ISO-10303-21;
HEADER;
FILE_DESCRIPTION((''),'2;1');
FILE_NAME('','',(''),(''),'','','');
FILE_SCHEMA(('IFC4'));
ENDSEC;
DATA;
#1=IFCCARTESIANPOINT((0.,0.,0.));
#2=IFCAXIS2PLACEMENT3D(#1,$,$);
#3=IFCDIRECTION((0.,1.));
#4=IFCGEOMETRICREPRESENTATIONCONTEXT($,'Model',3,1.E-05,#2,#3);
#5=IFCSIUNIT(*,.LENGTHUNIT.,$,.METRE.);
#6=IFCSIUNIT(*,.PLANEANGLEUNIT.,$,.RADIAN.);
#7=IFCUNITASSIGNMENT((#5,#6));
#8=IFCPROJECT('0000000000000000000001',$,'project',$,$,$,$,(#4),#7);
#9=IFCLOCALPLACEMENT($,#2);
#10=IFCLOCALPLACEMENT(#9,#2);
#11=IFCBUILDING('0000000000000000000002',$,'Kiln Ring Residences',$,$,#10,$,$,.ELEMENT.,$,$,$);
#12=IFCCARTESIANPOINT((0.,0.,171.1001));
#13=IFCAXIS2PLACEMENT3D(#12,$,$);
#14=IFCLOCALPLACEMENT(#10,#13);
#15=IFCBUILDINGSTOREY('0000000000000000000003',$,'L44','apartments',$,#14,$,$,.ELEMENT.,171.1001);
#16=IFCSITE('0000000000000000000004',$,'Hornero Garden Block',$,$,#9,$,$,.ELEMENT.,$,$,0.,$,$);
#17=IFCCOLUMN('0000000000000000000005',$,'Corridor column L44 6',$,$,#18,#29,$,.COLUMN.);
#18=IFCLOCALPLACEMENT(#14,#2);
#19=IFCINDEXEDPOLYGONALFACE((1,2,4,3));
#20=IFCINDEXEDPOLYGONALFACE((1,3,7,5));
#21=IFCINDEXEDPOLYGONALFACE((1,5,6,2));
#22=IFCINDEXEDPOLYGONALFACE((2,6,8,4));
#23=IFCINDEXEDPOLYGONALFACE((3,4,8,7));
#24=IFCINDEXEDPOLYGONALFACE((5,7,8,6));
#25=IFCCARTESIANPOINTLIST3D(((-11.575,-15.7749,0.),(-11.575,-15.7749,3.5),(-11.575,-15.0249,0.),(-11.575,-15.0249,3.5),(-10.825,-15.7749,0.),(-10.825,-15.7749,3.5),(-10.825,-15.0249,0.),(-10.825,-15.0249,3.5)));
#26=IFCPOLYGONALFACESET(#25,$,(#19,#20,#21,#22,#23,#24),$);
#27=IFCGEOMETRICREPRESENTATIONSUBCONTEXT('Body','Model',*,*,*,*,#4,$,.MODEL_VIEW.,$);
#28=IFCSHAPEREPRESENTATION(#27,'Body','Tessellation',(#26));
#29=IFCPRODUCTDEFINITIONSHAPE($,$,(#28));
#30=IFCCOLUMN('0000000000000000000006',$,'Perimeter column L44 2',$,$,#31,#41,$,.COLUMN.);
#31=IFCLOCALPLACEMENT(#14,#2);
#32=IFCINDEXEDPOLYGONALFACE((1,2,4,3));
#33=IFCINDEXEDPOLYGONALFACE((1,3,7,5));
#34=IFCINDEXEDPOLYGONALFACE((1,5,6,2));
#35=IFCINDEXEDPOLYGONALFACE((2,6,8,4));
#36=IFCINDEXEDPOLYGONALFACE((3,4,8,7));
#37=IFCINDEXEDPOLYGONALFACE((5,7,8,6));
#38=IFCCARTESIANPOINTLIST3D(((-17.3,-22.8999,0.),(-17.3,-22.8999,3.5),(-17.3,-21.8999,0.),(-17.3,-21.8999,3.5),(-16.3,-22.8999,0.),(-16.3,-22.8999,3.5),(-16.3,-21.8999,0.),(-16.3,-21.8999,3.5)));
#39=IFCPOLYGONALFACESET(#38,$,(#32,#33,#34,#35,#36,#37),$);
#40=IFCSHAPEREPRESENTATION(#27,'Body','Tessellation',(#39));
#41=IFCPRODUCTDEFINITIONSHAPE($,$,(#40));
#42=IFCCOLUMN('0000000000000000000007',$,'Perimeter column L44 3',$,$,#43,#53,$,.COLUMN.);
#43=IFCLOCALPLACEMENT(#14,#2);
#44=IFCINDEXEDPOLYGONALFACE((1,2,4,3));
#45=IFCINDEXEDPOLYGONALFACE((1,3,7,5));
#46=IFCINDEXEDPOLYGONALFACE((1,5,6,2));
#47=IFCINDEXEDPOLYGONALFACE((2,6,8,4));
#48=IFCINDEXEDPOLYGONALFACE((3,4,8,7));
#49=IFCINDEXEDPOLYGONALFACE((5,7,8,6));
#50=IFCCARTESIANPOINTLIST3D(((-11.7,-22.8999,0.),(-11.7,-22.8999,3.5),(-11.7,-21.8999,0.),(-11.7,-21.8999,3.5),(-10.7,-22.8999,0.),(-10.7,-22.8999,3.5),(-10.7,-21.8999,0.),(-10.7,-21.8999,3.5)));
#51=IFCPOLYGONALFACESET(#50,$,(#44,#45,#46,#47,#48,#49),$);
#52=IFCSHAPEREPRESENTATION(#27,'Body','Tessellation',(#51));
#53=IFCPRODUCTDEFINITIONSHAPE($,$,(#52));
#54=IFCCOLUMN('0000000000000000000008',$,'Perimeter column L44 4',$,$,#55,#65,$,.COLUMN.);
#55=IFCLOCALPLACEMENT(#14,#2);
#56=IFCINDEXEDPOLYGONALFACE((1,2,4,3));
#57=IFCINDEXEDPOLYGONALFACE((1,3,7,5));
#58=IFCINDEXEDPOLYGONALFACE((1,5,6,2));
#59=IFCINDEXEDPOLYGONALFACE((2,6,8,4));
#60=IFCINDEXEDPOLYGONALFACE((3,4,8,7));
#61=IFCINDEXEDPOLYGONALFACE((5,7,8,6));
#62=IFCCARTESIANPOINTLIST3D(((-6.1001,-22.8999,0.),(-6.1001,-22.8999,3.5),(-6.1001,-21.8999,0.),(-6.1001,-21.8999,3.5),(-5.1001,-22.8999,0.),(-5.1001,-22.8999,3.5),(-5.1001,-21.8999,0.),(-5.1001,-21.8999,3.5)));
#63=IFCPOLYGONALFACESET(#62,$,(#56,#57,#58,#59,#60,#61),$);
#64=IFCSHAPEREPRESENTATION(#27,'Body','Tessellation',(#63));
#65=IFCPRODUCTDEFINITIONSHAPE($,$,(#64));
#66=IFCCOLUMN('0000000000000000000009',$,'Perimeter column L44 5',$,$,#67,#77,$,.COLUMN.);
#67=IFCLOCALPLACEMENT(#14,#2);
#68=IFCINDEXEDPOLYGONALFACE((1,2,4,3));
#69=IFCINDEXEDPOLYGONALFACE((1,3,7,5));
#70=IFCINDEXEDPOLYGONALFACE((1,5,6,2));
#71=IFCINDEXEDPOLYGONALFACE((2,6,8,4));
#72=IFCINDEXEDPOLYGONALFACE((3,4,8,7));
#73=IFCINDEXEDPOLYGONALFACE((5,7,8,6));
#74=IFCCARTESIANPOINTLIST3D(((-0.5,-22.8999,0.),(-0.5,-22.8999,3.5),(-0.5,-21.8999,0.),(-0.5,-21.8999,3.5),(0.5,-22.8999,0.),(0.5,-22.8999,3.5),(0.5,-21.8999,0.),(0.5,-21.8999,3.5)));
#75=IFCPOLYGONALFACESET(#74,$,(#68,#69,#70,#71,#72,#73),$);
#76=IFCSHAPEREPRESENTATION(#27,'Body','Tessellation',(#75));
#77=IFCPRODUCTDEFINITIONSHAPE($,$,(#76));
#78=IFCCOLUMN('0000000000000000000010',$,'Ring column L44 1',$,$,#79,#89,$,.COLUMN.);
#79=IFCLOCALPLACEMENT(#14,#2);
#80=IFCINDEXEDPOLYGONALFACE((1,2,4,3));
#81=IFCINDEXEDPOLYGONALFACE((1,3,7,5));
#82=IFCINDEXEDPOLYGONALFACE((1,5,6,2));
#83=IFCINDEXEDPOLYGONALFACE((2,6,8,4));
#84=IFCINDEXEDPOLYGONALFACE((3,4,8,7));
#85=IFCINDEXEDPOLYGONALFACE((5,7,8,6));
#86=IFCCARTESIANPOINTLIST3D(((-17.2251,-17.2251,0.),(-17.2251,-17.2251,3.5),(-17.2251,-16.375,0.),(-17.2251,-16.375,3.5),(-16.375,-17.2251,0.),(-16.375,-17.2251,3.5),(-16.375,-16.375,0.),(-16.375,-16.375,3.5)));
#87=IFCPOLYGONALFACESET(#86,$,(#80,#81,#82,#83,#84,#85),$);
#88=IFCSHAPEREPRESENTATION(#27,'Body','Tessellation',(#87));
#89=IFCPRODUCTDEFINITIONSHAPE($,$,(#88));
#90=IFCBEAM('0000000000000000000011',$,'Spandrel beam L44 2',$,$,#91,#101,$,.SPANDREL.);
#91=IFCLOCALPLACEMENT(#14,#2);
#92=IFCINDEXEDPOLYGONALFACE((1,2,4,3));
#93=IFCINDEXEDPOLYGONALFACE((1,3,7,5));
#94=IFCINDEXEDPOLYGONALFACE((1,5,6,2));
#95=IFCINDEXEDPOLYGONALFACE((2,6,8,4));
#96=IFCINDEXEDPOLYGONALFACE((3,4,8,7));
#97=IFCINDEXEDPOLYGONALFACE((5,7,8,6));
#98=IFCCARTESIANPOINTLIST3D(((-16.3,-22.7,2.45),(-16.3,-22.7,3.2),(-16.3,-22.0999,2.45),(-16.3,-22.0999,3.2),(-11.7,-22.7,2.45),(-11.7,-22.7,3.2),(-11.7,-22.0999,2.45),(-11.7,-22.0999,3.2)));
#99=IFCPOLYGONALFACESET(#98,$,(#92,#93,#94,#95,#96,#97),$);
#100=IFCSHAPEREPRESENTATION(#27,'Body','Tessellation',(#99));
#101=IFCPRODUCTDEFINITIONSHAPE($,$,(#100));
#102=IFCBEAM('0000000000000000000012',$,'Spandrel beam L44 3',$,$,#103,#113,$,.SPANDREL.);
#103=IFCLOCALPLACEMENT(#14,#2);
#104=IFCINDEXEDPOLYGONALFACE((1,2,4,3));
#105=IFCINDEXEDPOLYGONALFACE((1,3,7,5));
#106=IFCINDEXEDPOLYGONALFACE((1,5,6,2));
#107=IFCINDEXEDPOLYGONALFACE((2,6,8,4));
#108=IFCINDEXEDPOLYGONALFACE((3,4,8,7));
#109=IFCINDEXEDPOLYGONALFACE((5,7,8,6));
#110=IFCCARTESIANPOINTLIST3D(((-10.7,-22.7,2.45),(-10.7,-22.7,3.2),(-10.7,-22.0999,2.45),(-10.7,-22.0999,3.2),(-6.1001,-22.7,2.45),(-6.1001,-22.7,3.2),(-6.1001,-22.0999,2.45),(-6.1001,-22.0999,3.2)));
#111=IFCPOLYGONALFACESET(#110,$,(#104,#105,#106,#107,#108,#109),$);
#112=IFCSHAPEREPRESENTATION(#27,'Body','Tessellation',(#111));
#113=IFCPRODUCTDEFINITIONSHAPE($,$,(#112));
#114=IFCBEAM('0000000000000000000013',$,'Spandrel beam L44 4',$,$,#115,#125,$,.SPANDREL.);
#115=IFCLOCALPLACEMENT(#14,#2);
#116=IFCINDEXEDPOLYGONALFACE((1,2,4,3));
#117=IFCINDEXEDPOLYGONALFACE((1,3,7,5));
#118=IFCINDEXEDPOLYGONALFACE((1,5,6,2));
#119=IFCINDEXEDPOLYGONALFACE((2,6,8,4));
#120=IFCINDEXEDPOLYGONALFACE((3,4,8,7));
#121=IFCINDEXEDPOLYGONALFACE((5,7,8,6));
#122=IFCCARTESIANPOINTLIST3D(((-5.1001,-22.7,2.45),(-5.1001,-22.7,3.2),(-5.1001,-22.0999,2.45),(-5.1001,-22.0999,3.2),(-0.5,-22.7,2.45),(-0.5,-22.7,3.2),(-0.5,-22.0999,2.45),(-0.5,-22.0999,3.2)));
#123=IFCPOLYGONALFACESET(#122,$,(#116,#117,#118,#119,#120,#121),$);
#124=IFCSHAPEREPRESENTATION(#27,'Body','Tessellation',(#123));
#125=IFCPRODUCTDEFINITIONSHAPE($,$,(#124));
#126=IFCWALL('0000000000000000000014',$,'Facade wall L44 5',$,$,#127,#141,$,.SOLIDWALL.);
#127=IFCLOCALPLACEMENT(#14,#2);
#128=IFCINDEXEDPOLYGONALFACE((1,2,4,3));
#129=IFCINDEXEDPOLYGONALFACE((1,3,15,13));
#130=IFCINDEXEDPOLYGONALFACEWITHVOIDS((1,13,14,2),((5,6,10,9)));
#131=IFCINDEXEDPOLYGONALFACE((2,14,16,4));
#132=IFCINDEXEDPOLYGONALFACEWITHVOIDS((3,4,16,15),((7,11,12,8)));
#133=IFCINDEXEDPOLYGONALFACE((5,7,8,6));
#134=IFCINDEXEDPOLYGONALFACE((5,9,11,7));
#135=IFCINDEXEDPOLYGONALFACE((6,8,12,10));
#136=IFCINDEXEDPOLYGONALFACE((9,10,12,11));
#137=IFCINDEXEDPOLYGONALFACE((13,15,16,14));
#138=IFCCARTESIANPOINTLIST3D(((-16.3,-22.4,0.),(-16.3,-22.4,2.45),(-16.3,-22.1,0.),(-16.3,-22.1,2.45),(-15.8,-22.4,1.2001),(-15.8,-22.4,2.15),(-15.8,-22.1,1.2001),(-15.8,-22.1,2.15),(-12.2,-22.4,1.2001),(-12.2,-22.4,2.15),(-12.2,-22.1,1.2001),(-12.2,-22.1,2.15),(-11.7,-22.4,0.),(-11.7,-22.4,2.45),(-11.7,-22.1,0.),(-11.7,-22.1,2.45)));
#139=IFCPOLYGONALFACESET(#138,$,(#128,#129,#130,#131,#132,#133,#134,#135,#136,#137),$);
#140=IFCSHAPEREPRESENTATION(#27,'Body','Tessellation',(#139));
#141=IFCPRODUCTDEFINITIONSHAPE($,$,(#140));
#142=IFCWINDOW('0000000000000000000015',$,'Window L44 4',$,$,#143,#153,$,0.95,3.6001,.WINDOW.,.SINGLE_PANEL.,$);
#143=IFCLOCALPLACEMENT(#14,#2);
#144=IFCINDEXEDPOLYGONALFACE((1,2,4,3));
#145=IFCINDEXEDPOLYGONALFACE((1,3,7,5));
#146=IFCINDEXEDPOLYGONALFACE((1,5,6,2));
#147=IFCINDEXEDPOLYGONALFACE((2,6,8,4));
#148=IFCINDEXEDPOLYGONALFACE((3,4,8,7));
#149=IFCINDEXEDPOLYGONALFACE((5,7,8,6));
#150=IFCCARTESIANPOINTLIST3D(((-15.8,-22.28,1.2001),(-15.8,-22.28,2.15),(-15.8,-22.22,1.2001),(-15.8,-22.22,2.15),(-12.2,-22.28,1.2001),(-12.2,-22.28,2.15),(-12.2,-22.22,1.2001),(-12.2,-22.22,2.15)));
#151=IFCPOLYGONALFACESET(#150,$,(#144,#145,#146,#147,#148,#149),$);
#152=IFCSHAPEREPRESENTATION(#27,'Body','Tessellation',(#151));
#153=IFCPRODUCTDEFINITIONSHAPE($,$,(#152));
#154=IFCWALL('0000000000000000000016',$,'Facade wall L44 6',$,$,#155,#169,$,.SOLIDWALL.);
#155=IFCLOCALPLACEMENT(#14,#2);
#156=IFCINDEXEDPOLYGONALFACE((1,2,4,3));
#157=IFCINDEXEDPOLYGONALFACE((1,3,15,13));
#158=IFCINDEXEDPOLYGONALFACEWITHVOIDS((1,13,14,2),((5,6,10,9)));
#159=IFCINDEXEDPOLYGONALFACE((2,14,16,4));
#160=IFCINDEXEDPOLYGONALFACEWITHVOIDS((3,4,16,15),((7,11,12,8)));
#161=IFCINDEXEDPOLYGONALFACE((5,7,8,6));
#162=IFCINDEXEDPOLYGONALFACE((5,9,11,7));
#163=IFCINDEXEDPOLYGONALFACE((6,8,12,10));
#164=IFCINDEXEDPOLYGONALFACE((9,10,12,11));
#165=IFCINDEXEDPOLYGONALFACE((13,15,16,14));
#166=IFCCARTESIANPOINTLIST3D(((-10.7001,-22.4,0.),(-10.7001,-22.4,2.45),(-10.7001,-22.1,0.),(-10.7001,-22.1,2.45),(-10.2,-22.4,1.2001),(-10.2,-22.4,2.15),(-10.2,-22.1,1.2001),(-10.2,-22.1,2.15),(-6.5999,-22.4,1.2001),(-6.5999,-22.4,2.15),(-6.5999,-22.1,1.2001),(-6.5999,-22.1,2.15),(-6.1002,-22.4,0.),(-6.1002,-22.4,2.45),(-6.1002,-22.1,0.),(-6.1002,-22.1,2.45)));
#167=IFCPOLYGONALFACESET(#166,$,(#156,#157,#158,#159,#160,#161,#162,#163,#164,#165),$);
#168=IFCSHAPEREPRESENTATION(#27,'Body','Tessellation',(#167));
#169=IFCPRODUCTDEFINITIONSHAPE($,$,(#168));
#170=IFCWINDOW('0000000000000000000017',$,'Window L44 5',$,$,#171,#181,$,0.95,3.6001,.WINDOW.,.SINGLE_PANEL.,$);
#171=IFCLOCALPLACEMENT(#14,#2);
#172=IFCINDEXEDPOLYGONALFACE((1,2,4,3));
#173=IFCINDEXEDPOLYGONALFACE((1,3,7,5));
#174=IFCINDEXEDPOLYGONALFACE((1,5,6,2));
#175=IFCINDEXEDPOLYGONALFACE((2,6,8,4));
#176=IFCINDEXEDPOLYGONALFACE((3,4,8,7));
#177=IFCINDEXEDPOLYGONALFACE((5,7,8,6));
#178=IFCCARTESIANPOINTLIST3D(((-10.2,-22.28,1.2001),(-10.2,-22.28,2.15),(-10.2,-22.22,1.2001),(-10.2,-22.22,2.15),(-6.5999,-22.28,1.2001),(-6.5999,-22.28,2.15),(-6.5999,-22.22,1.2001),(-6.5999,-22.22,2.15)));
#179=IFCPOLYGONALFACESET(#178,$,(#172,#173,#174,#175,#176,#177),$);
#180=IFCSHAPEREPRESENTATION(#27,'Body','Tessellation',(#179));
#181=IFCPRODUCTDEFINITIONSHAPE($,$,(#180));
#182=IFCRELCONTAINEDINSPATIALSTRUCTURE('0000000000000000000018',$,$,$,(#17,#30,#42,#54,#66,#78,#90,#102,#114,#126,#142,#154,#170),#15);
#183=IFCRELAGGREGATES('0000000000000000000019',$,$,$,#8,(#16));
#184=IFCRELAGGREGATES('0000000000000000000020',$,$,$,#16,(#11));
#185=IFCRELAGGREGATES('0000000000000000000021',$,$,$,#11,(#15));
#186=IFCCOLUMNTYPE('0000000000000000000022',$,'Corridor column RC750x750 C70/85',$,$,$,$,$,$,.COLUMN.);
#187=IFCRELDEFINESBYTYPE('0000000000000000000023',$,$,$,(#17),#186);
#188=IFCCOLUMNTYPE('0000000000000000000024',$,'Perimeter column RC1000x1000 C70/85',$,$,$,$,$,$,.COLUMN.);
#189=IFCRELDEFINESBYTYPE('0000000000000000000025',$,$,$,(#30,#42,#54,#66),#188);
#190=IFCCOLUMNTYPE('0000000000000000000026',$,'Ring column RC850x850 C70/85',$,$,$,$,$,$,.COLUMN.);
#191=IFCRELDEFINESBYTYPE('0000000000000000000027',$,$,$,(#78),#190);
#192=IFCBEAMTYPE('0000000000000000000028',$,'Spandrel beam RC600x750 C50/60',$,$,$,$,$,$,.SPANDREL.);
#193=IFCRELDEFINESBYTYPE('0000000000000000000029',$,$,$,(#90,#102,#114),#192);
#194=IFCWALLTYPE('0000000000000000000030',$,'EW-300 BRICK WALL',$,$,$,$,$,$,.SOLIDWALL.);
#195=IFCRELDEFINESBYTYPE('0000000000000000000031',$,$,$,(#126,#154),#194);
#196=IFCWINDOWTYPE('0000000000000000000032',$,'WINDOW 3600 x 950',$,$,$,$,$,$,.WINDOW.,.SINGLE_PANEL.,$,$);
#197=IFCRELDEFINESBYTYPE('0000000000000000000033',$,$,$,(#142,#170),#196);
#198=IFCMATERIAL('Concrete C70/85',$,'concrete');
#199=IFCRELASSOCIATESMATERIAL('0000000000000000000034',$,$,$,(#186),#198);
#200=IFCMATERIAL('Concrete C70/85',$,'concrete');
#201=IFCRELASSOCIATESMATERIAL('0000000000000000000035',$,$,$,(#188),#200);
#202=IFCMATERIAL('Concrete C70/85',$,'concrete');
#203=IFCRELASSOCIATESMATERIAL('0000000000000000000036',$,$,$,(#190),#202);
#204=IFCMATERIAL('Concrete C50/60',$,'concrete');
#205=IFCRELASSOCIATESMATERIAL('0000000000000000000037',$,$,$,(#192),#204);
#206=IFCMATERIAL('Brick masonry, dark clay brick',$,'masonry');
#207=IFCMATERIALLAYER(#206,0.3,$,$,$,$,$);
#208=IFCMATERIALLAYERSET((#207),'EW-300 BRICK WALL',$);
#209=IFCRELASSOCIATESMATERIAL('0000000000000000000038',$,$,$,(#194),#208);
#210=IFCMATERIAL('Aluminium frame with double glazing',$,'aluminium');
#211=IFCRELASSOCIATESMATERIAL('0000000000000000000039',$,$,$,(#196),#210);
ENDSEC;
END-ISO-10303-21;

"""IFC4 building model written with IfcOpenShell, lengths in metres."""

from ifc_helpers import new_model, si_unit, direction, frame, frame_2d, origin, origin_2d, place, context, subcontext, project, spatial, rectangle, extrude, material, layer, layer_set, material_profile, profile_set, type_object, element, fill, save


model = new_model("IFC4")

# Units and contexts
model_context = context("Model", 3, precision=1e-05, world=origin(), true_north=direction((0.0, 1.0)))
body_context = subcontext(model_context, "Body", "Model", "MODEL_VIEW")
ifc_project = project(units=[si_unit("LENGTHUNIT", "METRE"), si_unit("PLANEANGLEUNIT", "RADIAN")], contexts=[model_context])

# Site, building, storey
site_placement = place(None, origin())
site = spatial("IfcSite", under=ifc_project, at=site_placement, Name="Hornero Garden Block", CompositionType="ELEMENT", RefElevation=0.0)
building_placement = place(site_placement, origin())
building = spatial("IfcBuilding", under=site, at=building_placement, Name="Kiln Ring Residences", CompositionType="ELEMENT")
storey_placement = place(building_placement, frame((0.0, 0.0, 171.1001)))
storey = spatial("IfcBuildingStorey", under=building, at=storey_placement, Name="L44", Description="apartments", CompositionType="ELEMENT", Elevation=171.1001)

# Columns
ifc_material_1 = material(Name="Concrete C70/85", Category="concrete")
ifc_material_profile_1 = material_profile(ifc_material_1, rectangle(XDim=0.75, YDim=0.75, at=origin_2d()), Name="RC750x750")
ifc_profile_set_1 = profile_set([ifc_material_profile_1], Name="Concrete C70/85")
column_type_1 = type_object("IfcColumnType", Name="Corridor column RC750x750 C70/85", PredefinedType="COLUMN", material=ifc_profile_set_1)
column_1_placement = place(storey_placement, frame((-11.2, -15.3999, 0.0), z_axis=(0.0, 0.0, 1.0), x_axis=(1.0, 0.0, 0.0)))
element("IfcColumn", 1, at=column_1_placement, inside=storey, type_object=column_type_1, Name="Corridor column L44 6", PredefinedType="COLUMN", context=body_context, shape_type="SweptSolid", body=[
    extrude(rectangle(XDim=0.75, YDim=0.75, at=origin_2d()), origin(), (0.0, 0.0, 1.0), 3.5),
])
ifc_material_2 = material(Name="Concrete C70/85", Category="concrete")
ifc_material_profile_2 = material_profile(ifc_material_2, rectangle(XDim=1.0, YDim=1.0, at=origin_2d()), Name="RC1000x1000")
ifc_profile_set_2 = profile_set([ifc_material_profile_2], Name="Concrete C70/85")
column_type_2 = type_object("IfcColumnType", Name="Perimeter column RC1000x1000 C70/85", PredefinedType="COLUMN", material=ifc_profile_set_2)
for number, where, z_axis, x_axis, name in (
    (2, (-16.8, -22.3999, 0.0), (0.0, 0.0, 1.0), (1.0, 0.0, 0.0), "Perimeter column L44 2"),
    (3, (-11.2, -22.3999, 0.0), (0.0, 0.0, 1.0), (1.0, 0.0, 0.0), "Perimeter column L44 3"),
    (4, (-5.6001, -22.3999, 0.0), (0.0, 0.0, 1.0), (1.0, 0.0, 0.0), "Perimeter column L44 4"),
    (5, (0.0, -22.3999, 0.0), (0.0, 0.0, 1.0), (1.0, 0.0, 0.0), "Perimeter column L44 5"),
):
    element("IfcColumn", number, at=place(storey_placement, frame(where, z_axis=z_axis, x_axis=x_axis)), inside=storey, type_object=column_type_2, Name=name, PredefinedType="COLUMN", context=body_context, shape_type="SweptSolid", body=[
        extrude(rectangle(XDim=1.0, YDim=1.0, at=origin_2d()), origin(), (0.0, 0.0, 1.0), 3.5),
    ])
ifc_material_3 = material(Name="Concrete C70/85", Category="concrete")
ifc_material_profile_3 = material_profile(ifc_material_3, rectangle(XDim=0.8501, YDim=0.8501, at=origin_2d()), Name="RC850x850")
ifc_profile_set_3 = profile_set([ifc_material_profile_3], Name="Concrete C70/85")
column_type_3 = type_object("IfcColumnType", Name="Ring column RC850x850 C70/85", PredefinedType="COLUMN", material=ifc_profile_set_3)
column_2_placement = place(storey_placement, frame((-16.8, -16.8, 0.0), z_axis=(0.0, 0.0, 1.0), x_axis=(1.0, 0.0, 0.0)))
element("IfcColumn", 6, at=column_2_placement, inside=storey, type_object=column_type_3, Name="Ring column L44 1", PredefinedType="COLUMN", context=body_context, shape_type="SweptSolid", body=[
    extrude(rectangle(XDim=0.8501, YDim=0.8501, at=origin_2d()), origin(), (0.0, 0.0, 1.0), 3.5),
])

# Beams
ifc_material_4 = material(Name="Concrete C50/60", Category="concrete")
ifc_material_profile_4 = material_profile(ifc_material_4, rectangle(XDim=0.6001, YDim=0.75, at=origin_2d()), Name="RC600x750")
ifc_profile_set_4 = profile_set([ifc_material_profile_4], Name="Concrete C50/60")
beam_type = type_object("IfcBeamType", Name="Spandrel beam RC600x750 C50/60", PredefinedType="SPANDREL", material=ifc_profile_set_4)
beam_1_placement = place(storey_placement, frame((-16.3, -22.3999, 2.825), z_axis=(1.0, 0.0, 0.0), x_axis=(0.0, 1.0, 0.0)))
element("IfcBeam", 7, at=beam_1_placement, inside=storey, type_object=beam_type, Name="Spandrel beam L44 2", PredefinedType="SPANDREL", context=body_context, shape_type="SweptSolid", body=[
    extrude(rectangle(XDim=0.6001, YDim=0.75, at=origin_2d()), origin(), (0.0, 0.0, 1.0), 4.6001),
])
beam_2_placement = place(storey_placement, frame((-10.7, -22.3999, 2.825), z_axis=(1.0, 0.0, 0.0), x_axis=(0.0, 1.0, 0.0)))
element("IfcBeam", 8, at=beam_2_placement, inside=storey, type_object=beam_type, Name="Spandrel beam L44 3", PredefinedType="SPANDREL", context=body_context, shape_type="SweptSolid", body=[
    extrude(rectangle(XDim=0.6001, YDim=0.75, at=origin_2d()), origin(), (0.0, 0.0, 1.0), 4.5999),
])
beam_3_placement = place(storey_placement, frame((-5.1001, -22.3999, 2.825), z_axis=(1.0, 0.0, 0.0), x_axis=(0.0, 1.0, 0.0)))
element("IfcBeam", 9, at=beam_3_placement, inside=storey, type_object=beam_type, Name="Spandrel beam L44 4", PredefinedType="SPANDREL", context=body_context, shape_type="SweptSolid", body=[
    extrude(rectangle(XDim=0.6001, YDim=0.75, at=origin_2d()), origin(), (0.0, 0.0, 1.0), 4.6001),
])

# Walls, openings, windows
ifc_material_5 = material(Name="Brick masonry, dark clay brick", Category="masonry")
ifc_layer_1 = layer(ifc_material_5, 0.3)
ifc_layer_set_1 = layer_set([ifc_layer_1], Name="EW-300 BRICK WALL")
wall_type_1 = type_object("IfcWallType", Name="EW-300 BRICK WALL", PredefinedType="SOLIDWALL", material=ifc_layer_set_1)
wall_1_placement = place(storey_placement, frame((-16.3, -22.25, 0.0), z_axis=(0.0, 0.0, 1.0), x_axis=(1.0, 0.0, 0.0)))
wall_1 = element("IfcWall", 10, at=wall_1_placement, inside=storey, type_object=wall_type_1, Name="Facade wall L44 5", PredefinedType="SOLIDWALL", context=body_context, shape_type="SweptSolid", body=[
    extrude(rectangle(XDim=4.6001, YDim=0.3, at=frame_2d((2.3, 0.0))), origin(), (0.0, 0.0, 1.0), 2.45),
])
opening_1_placement = place(wall_1_placement, frame((0.5, 0.0, 1.2)))
opening_1 = element("IfcOpeningElement", 11, at=opening_1_placement, cuts=wall_1, PredefinedType="OPENING", context=body_context, shape_type="SweptSolid", body=[
    extrude(rectangle(XDim=3.6001, YDim=0.95, at=frame_2d((1.8, 0.4751))), frame((0.0, 0.1599, 0.0), z_axis=(0.0, -1.0, 0.0), x_axis=(1.0, 0.0, 0.0)), (0.0, 0.0, 1.0), 0.3201),
])
ifc_material_6 = material(Name="Aluminium frame with double glazing", Category="aluminium")
window_type = type_object("IfcWindowType", Name="WINDOW 3600 x 950", PartitioningType="SINGLE_PANEL", PredefinedType="WINDOW", material=ifc_material_6)
window_1_placement = place(opening_1_placement, origin())
window_1 = element("IfcWindow", 12, at=window_1_placement, inside=storey, type_object=window_type, Name="Window L44 4", OverallHeight=0.95, OverallWidth=3.6001, PartitioningType="SINGLE_PANEL", PredefinedType="WINDOW", context=body_context, shape_type="SweptSolid", body=[
    extrude(rectangle(XDim=3.6001, YDim=0.95, at=frame_2d((1.8, 0.4751))), frame((0.0, 0.03, 0.0), z_axis=(0.0, -1.0, 0.0), x_axis=(1.0, 0.0, 0.0)), (0.0, 0.0, 1.0), 0.0601),
])
fill(opening_1, window_1)
wall_2_placement = place(storey_placement, frame((-10.7, -22.25, 0.0), z_axis=(0.0, 0.0, 1.0), x_axis=(1.0, 0.0, 0.0)))
wall_2 = element("IfcWall", 13, at=wall_2_placement, inside=storey, type_object=wall_type_1, Name="Facade wall L44 6", PredefinedType="SOLIDWALL", context=body_context, shape_type="SweptSolid", body=[
    extrude(rectangle(XDim=4.5999, YDim=0.3, at=frame_2d((2.2998, 0.0))), origin(), (0.0, 0.0, 1.0), 2.45),
])
opening_2_placement = place(wall_2_placement, frame((0.5, 0.0, 1.2)))
opening_2 = element("IfcOpeningElement", 14, at=opening_2_placement, cuts=wall_2, PredefinedType="OPENING", context=body_context, shape_type="SweptSolid", body=[
    extrude(rectangle(XDim=3.6001, YDim=0.95, at=frame_2d((1.8, 0.4751))), frame((0.0, 0.1599, 0.0), z_axis=(0.0, -1.0, 0.0), x_axis=(1.0, 0.0, 0.0)), (0.0, 0.0, 1.0), 0.3201),
])
window_2_placement = place(opening_2_placement, origin())
window_2 = element("IfcWindow", 15, at=window_2_placement, inside=storey, type_object=window_type, Name="Window L44 5", OverallHeight=0.95, OverallWidth=3.6001, PartitioningType="SINGLE_PANEL", PredefinedType="WINDOW", context=body_context, shape_type="SweptSolid", body=[
    extrude(rectangle(XDim=3.6001, YDim=0.95, at=frame_2d((1.8, 0.4751))), frame((0.0, 0.03, 0.0), z_axis=(0.0, -1.0, 0.0), x_axis=(1.0, 0.0, 0.0)), (0.0, 0.0, 1.0), 0.0601),
])
fill(opening_2, window_2)

save(model, "model.ifc")
